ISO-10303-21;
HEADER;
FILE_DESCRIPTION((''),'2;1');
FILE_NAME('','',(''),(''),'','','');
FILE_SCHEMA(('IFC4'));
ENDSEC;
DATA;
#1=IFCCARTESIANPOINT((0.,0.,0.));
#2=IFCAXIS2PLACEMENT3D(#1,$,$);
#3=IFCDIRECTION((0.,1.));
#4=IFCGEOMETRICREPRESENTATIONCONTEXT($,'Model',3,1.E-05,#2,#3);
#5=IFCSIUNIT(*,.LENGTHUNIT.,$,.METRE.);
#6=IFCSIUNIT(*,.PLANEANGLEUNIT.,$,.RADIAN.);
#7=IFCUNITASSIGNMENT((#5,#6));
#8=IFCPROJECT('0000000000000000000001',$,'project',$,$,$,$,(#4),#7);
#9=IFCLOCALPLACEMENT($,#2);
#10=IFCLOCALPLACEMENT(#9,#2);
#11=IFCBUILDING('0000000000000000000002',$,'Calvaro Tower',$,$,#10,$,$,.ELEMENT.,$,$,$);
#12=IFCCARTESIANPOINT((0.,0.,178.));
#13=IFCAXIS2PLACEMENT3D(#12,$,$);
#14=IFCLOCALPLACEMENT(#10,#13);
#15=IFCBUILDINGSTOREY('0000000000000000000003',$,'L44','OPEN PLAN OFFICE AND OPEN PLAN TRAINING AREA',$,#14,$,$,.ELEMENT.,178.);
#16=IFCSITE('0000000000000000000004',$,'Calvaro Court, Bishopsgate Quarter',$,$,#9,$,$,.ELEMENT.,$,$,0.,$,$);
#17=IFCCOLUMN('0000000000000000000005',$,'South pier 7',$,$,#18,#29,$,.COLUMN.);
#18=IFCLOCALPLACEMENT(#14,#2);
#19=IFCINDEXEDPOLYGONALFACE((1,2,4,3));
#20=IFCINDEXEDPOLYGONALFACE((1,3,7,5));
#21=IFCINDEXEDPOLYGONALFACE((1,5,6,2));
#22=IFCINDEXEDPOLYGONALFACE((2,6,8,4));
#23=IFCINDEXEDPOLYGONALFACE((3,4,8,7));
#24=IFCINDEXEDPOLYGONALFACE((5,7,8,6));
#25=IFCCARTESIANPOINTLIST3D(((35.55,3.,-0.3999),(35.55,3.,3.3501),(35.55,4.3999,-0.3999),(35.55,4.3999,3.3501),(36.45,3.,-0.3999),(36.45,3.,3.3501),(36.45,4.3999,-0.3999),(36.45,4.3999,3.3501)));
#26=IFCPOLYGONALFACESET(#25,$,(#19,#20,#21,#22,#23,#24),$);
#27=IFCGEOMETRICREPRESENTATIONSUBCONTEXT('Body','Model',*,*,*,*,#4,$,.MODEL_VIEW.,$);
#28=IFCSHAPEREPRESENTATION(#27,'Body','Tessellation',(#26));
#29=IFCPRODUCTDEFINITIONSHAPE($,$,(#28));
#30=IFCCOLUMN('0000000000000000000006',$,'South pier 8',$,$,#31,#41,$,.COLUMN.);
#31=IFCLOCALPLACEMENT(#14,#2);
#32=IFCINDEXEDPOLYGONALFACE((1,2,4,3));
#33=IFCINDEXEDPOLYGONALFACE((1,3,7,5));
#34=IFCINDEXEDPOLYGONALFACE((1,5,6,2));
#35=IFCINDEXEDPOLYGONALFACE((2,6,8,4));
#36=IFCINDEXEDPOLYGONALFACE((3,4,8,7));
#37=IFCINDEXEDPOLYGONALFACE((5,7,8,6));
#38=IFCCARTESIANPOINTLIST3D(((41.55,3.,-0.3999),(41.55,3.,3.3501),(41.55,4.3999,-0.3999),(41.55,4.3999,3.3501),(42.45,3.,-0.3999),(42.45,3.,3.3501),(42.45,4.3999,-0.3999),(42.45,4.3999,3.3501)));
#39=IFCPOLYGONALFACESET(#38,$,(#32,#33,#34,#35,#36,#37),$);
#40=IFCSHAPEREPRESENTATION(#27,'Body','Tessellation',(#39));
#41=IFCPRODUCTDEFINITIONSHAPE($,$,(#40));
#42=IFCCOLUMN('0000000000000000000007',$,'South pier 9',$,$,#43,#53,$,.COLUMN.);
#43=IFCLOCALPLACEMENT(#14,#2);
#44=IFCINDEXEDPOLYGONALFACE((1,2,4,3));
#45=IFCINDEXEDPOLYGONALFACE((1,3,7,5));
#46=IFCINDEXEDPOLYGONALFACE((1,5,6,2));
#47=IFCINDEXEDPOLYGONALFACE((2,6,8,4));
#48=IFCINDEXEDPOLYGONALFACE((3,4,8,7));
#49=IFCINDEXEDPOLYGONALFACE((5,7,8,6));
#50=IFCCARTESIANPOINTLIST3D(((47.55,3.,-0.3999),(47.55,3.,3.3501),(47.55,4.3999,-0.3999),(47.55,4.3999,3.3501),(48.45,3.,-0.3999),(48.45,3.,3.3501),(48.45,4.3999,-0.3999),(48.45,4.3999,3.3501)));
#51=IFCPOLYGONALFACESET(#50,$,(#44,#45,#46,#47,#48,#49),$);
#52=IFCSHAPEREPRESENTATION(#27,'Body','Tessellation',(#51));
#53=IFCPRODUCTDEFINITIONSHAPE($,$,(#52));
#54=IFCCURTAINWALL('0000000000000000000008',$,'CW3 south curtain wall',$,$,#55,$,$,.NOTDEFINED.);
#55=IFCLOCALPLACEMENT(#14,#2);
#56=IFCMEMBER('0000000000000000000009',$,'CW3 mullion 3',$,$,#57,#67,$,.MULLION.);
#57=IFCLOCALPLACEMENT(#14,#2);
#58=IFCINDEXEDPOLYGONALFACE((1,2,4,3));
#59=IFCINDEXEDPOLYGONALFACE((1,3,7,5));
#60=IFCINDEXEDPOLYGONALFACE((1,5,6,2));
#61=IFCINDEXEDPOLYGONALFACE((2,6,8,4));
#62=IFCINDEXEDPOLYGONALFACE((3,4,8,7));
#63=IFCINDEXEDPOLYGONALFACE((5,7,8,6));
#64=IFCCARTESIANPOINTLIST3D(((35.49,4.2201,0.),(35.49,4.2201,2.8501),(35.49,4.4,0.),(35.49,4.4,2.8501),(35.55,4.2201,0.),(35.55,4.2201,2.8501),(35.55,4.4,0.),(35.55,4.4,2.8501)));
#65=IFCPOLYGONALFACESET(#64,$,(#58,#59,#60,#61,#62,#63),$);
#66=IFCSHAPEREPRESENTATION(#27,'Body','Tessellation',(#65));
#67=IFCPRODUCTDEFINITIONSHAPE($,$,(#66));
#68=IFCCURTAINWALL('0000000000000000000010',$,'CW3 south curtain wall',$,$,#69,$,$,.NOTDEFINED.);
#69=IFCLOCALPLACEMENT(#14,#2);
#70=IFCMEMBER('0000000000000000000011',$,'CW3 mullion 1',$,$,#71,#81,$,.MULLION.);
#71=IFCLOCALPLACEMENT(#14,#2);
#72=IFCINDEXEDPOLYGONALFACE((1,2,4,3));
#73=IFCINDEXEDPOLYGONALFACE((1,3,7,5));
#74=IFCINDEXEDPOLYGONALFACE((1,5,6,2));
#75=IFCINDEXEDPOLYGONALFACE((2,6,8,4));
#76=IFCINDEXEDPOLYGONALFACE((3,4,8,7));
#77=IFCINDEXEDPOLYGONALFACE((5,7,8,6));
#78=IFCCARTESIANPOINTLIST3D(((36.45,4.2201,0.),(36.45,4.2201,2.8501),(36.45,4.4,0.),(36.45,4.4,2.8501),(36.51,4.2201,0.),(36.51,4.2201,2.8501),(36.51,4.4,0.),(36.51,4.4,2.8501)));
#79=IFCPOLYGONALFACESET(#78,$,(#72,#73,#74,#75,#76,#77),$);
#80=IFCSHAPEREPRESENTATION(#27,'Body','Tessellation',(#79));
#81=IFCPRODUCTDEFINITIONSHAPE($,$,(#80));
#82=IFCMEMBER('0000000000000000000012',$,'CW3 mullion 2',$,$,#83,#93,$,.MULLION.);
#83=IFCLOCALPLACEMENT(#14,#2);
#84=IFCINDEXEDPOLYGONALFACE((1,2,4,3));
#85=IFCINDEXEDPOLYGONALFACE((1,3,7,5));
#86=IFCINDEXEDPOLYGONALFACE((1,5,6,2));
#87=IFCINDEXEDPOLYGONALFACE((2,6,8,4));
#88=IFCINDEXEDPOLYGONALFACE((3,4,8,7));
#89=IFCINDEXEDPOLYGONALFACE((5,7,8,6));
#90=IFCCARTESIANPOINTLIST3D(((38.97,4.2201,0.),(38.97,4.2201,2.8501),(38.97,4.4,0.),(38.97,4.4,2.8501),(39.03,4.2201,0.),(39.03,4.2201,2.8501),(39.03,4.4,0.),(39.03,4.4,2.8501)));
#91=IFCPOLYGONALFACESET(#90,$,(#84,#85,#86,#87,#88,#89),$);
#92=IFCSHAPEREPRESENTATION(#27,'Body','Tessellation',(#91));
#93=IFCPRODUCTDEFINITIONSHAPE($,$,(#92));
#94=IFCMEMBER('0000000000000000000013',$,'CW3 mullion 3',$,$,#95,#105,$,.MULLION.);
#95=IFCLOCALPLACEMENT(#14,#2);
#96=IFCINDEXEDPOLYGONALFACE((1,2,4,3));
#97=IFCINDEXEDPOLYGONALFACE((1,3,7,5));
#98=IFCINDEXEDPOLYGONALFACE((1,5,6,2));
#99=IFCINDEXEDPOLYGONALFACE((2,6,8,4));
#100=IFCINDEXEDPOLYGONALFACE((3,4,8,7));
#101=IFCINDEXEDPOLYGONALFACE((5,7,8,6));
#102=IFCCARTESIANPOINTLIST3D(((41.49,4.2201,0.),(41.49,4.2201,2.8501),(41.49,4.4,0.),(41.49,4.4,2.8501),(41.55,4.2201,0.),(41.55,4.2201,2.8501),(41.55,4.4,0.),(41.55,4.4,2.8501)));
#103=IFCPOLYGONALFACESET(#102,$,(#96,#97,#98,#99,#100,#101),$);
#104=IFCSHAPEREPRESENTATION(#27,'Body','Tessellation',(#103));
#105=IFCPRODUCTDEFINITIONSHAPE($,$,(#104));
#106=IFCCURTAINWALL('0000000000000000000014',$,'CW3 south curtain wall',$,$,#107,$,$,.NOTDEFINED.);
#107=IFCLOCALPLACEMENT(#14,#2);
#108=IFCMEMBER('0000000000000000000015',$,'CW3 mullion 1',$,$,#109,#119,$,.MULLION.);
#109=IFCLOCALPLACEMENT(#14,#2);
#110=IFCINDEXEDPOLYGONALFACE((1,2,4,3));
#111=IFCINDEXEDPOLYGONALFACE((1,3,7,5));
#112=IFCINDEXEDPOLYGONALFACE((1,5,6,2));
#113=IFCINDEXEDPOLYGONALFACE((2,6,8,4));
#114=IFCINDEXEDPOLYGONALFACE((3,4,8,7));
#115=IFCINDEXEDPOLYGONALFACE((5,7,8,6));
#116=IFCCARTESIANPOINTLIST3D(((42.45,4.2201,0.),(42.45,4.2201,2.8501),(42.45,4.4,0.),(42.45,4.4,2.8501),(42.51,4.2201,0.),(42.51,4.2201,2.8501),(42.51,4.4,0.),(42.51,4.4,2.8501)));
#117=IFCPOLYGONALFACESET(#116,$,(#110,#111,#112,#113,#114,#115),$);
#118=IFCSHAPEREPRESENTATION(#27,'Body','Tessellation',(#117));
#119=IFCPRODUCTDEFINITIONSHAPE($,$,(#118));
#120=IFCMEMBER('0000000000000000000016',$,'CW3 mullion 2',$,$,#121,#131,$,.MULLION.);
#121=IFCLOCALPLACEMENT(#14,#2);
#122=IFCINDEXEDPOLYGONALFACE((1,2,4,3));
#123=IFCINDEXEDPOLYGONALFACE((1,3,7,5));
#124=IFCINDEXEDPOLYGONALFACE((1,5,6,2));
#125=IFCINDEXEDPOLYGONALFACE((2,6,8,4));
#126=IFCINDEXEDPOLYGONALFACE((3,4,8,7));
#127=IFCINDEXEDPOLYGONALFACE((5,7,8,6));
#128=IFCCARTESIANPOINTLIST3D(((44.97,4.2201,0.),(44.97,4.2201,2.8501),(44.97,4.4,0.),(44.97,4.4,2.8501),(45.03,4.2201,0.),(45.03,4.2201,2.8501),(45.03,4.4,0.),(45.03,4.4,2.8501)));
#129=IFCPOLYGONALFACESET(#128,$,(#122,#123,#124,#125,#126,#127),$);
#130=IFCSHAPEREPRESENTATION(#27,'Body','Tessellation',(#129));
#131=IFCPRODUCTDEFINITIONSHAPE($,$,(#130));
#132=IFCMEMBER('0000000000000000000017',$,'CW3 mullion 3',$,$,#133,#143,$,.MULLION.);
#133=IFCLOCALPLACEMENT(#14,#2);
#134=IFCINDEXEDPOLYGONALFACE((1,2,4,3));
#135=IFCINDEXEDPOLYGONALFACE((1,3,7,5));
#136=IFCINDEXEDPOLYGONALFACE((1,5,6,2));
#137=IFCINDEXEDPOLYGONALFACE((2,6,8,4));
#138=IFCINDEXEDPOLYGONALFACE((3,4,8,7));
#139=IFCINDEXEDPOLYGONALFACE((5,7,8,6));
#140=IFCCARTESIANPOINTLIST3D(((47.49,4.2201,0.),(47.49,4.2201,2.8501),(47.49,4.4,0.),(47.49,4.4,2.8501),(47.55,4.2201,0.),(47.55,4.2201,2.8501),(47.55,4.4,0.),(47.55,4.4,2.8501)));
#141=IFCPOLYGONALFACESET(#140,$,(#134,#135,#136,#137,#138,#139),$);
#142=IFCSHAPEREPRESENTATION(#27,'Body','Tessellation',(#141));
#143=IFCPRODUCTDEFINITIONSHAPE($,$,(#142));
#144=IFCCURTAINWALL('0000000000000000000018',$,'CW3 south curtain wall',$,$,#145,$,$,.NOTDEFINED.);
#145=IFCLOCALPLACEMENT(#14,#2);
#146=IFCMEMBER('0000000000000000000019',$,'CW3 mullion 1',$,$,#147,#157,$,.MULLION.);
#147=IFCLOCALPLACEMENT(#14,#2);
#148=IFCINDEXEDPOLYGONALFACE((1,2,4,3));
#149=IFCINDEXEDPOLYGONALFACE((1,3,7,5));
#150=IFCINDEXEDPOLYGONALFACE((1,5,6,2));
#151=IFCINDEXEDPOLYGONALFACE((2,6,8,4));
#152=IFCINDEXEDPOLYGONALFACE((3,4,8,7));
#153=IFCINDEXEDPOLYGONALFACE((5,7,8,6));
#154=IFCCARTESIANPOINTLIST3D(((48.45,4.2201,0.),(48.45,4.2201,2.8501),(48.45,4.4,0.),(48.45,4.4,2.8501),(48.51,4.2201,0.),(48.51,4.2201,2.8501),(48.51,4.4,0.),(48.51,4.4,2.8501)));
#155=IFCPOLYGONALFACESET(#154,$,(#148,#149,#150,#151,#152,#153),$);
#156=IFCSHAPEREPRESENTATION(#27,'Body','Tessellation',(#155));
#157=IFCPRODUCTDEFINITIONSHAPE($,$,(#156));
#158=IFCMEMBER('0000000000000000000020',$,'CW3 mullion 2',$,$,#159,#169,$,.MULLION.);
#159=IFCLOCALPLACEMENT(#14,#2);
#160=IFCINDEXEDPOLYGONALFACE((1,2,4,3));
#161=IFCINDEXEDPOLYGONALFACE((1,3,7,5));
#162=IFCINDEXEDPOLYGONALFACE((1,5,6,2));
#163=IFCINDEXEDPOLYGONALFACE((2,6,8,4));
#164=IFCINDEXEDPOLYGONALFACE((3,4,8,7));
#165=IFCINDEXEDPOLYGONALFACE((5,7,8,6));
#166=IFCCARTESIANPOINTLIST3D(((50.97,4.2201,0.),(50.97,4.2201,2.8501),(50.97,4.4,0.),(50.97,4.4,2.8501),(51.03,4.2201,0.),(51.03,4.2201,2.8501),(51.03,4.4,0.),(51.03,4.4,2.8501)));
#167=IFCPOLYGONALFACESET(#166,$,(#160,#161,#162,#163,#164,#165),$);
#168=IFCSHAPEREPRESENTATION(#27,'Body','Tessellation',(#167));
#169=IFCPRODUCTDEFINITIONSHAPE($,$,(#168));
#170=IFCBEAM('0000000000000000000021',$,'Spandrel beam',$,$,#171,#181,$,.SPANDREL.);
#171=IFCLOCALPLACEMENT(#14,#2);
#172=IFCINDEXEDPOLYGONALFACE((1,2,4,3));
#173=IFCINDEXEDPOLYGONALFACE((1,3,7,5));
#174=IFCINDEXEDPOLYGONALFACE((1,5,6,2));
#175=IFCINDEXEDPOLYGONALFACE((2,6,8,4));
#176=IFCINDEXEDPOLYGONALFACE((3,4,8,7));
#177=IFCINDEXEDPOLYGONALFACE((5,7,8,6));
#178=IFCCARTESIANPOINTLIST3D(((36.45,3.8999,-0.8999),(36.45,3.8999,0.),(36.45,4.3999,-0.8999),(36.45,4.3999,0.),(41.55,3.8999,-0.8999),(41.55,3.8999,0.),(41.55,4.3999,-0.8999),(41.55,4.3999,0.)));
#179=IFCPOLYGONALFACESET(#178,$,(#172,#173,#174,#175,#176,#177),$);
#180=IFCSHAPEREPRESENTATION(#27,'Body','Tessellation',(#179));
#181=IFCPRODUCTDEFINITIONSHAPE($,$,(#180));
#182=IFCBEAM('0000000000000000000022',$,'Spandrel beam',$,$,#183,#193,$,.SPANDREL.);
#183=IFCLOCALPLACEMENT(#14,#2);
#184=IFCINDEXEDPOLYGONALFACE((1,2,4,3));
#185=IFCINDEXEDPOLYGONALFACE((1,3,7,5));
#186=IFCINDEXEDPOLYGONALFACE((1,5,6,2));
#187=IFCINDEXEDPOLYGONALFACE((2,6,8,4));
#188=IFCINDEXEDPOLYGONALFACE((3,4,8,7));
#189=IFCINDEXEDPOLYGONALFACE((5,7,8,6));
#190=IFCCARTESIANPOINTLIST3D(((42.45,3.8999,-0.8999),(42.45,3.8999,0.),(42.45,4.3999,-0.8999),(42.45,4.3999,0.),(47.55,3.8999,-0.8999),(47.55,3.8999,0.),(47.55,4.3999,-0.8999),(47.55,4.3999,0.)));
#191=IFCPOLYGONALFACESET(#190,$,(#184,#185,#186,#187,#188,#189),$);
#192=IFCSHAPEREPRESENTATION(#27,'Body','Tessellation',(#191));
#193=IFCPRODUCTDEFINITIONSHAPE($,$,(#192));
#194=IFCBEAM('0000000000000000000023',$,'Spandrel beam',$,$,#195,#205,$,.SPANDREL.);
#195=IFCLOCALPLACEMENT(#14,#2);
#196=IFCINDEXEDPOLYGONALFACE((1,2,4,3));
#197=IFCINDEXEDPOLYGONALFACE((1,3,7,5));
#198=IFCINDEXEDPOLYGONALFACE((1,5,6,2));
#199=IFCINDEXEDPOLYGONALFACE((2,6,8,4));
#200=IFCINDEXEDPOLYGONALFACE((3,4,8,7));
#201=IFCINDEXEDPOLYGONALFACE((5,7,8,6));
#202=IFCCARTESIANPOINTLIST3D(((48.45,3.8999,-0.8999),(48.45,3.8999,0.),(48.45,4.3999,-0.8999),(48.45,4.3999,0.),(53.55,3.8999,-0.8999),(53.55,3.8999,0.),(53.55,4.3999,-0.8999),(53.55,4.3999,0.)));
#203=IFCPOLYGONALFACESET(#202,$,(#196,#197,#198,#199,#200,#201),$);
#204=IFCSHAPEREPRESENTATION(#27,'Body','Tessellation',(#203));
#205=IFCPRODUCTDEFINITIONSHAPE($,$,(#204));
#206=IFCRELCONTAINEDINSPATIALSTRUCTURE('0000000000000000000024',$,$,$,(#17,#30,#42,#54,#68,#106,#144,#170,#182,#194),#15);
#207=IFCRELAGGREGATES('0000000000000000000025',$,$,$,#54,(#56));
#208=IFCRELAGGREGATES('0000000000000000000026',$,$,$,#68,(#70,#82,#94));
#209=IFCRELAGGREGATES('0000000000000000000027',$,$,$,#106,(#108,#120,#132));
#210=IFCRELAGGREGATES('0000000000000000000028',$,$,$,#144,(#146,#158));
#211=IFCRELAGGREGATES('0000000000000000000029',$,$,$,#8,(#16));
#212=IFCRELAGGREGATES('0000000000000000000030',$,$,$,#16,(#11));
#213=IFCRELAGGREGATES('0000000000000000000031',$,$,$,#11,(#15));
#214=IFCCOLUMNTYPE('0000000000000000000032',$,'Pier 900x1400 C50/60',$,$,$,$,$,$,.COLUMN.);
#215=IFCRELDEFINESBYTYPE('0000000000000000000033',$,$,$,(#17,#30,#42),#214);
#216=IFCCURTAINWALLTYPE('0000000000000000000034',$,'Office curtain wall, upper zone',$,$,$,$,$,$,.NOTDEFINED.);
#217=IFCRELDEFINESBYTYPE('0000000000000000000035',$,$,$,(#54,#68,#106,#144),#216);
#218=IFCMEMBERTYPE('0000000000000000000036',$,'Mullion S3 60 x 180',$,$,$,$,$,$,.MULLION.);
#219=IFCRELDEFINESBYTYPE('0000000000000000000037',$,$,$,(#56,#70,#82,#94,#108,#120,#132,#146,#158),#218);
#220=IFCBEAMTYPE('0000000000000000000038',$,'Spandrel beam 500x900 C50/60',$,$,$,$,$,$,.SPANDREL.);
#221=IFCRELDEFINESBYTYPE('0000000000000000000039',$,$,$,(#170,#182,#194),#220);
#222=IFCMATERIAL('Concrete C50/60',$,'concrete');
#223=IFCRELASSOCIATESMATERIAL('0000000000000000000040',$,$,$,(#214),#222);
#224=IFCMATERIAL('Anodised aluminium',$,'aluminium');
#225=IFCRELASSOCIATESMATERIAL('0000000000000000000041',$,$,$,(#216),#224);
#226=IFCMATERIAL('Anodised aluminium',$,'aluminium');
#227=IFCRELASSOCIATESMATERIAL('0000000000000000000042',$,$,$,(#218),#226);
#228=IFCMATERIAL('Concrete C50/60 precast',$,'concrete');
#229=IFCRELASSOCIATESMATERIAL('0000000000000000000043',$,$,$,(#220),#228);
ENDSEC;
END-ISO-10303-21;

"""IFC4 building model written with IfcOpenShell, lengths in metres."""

from ifc_helpers import new_model, si_unit, direction, frame, origin, origin_2d, place, context, subcontext, project, spatial, rectangle, extrude, material, material_profile, profile_set, type_object, element, aggregate, save


model = new_model("IFC4")

# Units and contexts
model_context = context("Model", 3, precision=1e-05, world=origin(), true_north=direction((0.0, 1.0)))
body_context = subcontext(model_context, "Body", "Model", "MODEL_VIEW")
ifc_project = project(units=[si_unit("LENGTHUNIT", "METRE"), si_unit("PLANEANGLEUNIT", "RADIAN")], contexts=[model_context])

# Site, building, storey
site_placement = place(None, origin())
site = spatial("IfcSite", under=ifc_project, at=site_placement, Name="Calvaro Court, Bishopsgate Quarter", CompositionType="ELEMENT", RefElevation=0.0)
building_placement = place(site_placement, origin())
building = spatial("IfcBuilding", under=site, at=building_placement, Name="Calvaro Tower", CompositionType="ELEMENT")
storey_placement = place(building_placement, frame((0.0, 0.0, 178.0)))
storey = spatial("IfcBuildingStorey", under=building, at=storey_placement, Name="L44", Description="OPEN PLAN OFFICE AND OPEN PLAN TRAINING AREA", CompositionType="ELEMENT", Elevation=178.0)

# Columns
ifc_material_1 = material(Name="Concrete C50/60", Category="concrete")
ifc_material_profile_1 = material_profile(ifc_material_1, rectangle(XDim=0.8999, YDim=1.3999, at=origin_2d()), Name="RC 900x1400")
ifc_profile_set_1 = profile_set([ifc_material_profile_1], Name="Concrete C50/60")
column_type = type_object("IfcColumnType", Name="Pier 900x1400 C50/60", PredefinedType="COLUMN", material=ifc_profile_set_1)
for number, where, z_axis, x_axis, name in (
    (1, (36.0, 3.7, -0.3999), (0.0, 0.0, 1.0), (1.0, 0.0, 0.0), "South pier 7"),
    (2, (42.0, 3.7, -0.3999), (0.0, 0.0, 1.0), (1.0, 0.0, 0.0), "South pier 8"),
    (3, (48.0, 3.7, -0.3999), (0.0, 0.0, 1.0), (1.0, 0.0, 0.0), "South pier 9"),
):
    element("IfcColumn", number, at=place(storey_placement, frame(where, z_axis=z_axis, x_axis=x_axis)), inside=storey, type_object=column_type, Name=name, PredefinedType="COLUMN", context=body_context, shape_type="SweptSolid", body=[
        extrude(rectangle(XDim=0.8999, YDim=1.3999, at=origin_2d()), origin(), (0.0, 0.0, 1.0), 3.75),
    ])

# Curtain wall, member
ifc_material_2 = material(Name="Anodised aluminium", Category="aluminium")
curtain_wall_type = type_object("IfcCurtainWallType", Name="Office curtain wall, upper zone", PredefinedType="NOTDEFINED", material=ifc_material_2)
curtain_wall_1_placement = place(storey_placement, origin())
curtain_wall_1 = element("IfcCurtainWall", 4, at=curtain_wall_1_placement, inside=storey, type_object=curtain_wall_type, Name="CW3 south curtain wall", PredefinedType="NOTDEFINED")
ifc_material_3 = material(Name="Anodised aluminium", Category="aluminium")
ifc_material_profile_2 = material_profile(ifc_material_3, rectangle(XDim=0.1799, YDim=0.0601, at=origin_2d()), Name="Mullion S3 60 x 180")
ifc_profile_set_2 = profile_set([ifc_material_profile_2], Name="Anodised aluminium")
member_type_1 = type_object("IfcMemberType", Name="Mullion S3 60 x 180", PredefinedType="MULLION", material=ifc_profile_set_2)
member_1_placement = place(storey_placement, frame((35.52, 4.3101, 0.0), z_axis=(0.0, 0.0, 1.0), x_axis=(0.0, 1.0, 0.0)))
member_1 = element("IfcMember", 5, at=member_1_placement, type_object=member_type_1, Name="CW3 mullion 3", PredefinedType="MULLION", context=body_context, shape_type="SweptSolid", body=[
    extrude(rectangle(XDim=0.1799, YDim=0.0601, at=origin_2d()), origin(), (0.0, 0.0, 1.0), 2.8501),
])
aggregate(curtain_wall_1, [member_1])

# Curtain walls, members
curtain_wall_2_placement = place(storey_placement, origin())
curtain_wall_2 = element("IfcCurtainWall", 6, at=curtain_wall_2_placement, inside=storey, type_object=curtain_wall_type, Name="CW3 south curtain wall", PredefinedType="NOTDEFINED")
member_2_placement = place(storey_placement, frame((36.48, 4.3101, 0.0), z_axis=(0.0, 0.0, 1.0), x_axis=(0.0, 1.0, 0.0)))
member_2 = element("IfcMember", 7, at=member_2_placement, type_object=member_type_1, Name="CW3 mullion 1", PredefinedType="MULLION", context=body_context, shape_type="SweptSolid", body=[
    extrude(rectangle(XDim=0.1799, YDim=0.0601, at=origin_2d()), origin(), (0.0, 0.0, 1.0), 2.8501),
])
member_3_placement = place(storey_placement, frame((39.0, 4.3101, 0.0), z_axis=(0.0, 0.0, 1.0), x_axis=(0.0, 1.0, 0.0)))
member_3 = element("IfcMember", 8, at=member_3_placement, type_object=member_type_1, Name="CW3 mullion 2", PredefinedType="MULLION", context=body_context, shape_type="SweptSolid", body=[
    extrude(rectangle(XDim=0.1799, YDim=0.0601, at=origin_2d()), origin(), (0.0, 0.0, 1.0), 2.8501),
])
member_4_placement = place(storey_placement, frame((41.52, 4.3101, 0.0), z_axis=(0.0, 0.0, 1.0), x_axis=(0.0, 1.0, 0.0)))
member_4 = element("IfcMember", 9, at=member_4_placement, type_object=member_type_1, Name="CW3 mullion 3", PredefinedType="MULLION", context=body_context, shape_type="SweptSolid", body=[
    extrude(rectangle(XDim=0.1799, YDim=0.0601, at=origin_2d()), origin(), (0.0, 0.0, 1.0), 2.8501),
])
curtain_wall_3_placement = place(storey_placement, origin())
curtain_wall_3 = element("IfcCurtainWall", 10, at=curtain_wall_3_placement, inside=storey, type_object=curtain_wall_type, Name="CW3 south curtain wall", PredefinedType="NOTDEFINED")
member_5_placement = place(storey_placement, frame((42.48, 4.3101, 0.0), z_axis=(0.0, 0.0, 1.0), x_axis=(0.0, 1.0, 0.0)))
member_5 = element("IfcMember", 11, at=member_5_placement, type_object=member_type_1, Name="CW3 mullion 1", PredefinedType="MULLION", context=body_context, shape_type="SweptSolid", body=[
    extrude(rectangle(XDim=0.1799, YDim=0.0601, at=origin_2d()), origin(), (0.0, 0.0, 1.0), 2.8501),
])
member_6_placement = place(storey_placement, frame((45.0, 4.3101, 0.0), z_axis=(0.0, 0.0, 1.0), x_axis=(0.0, 1.0, 0.0)))
member_6 = element("IfcMember", 12, at=member_6_placement, type_object=member_type_1, Name="CW3 mullion 2", PredefinedType="MULLION", context=body_context, shape_type="SweptSolid", body=[
    extrude(rectangle(XDim=0.1799, YDim=0.0601, at=origin_2d()), origin(), (0.0, 0.0, 1.0), 2.8501),
])
member_7_placement = place(storey_placement, frame((47.52, 4.3101, 0.0), z_axis=(0.0, 0.0, 1.0), x_axis=(0.0, 1.0, 0.0)))
member_7 = element("IfcMember", 13, at=member_7_placement, type_object=member_type_1, Name="CW3 mullion 3", PredefinedType="MULLION", context=body_context, shape_type="SweptSolid", body=[
    extrude(rectangle(XDim=0.1799, YDim=0.0601, at=origin_2d()), origin(), (0.0, 0.0, 1.0), 2.8501),
])
curtain_wall_4_placement = place(storey_placement, origin())
curtain_wall_4 = element("IfcCurtainWall", 14, at=curtain_wall_4_placement, inside=storey, type_object=curtain_wall_type, Name="CW3 south curtain wall", PredefinedType="NOTDEFINED")
member_8_placement = place(storey_placement, frame((48.48, 4.3101, 0.0), z_axis=(0.0, 0.0, 1.0), x_axis=(0.0, 1.0, 0.0)))
member_8 = element("IfcMember", 15, at=member_8_placement, type_object=member_type_1, Name="CW3 mullion 1", PredefinedType="MULLION", context=body_context, shape_type="SweptSolid", body=[
    extrude(rectangle(XDim=0.1799, YDim=0.0601, at=origin_2d()), origin(), (0.0, 0.0, 1.0), 2.8501),
])
member_9_placement = place(storey_placement, frame((51.0, 4.3101, 0.0), z_axis=(0.0, 0.0, 1.0), x_axis=(0.0, 1.0, 0.0)))
member_9 = element("IfcMember", 16, at=member_9_placement, type_object=member_type_1, Name="CW3 mullion 2", PredefinedType="MULLION", context=body_context, shape_type="SweptSolid", body=[
    extrude(rectangle(XDim=0.1799, YDim=0.0601, at=origin_2d()), origin(), (0.0, 0.0, 1.0), 2.8501),
])

# Beams
ifc_material_4 = material(Name="Concrete C50/60 precast", Category="concrete")
ifc_material_profile_3 = material_profile(ifc_material_4, rectangle(XDim=0.5, YDim=0.8999, at=origin_2d()), Name="RC 500x900")
ifc_profile_set_3 = profile_set([ifc_material_profile_3], Name="Concrete C50/60 precast")
beam_type = type_object("IfcBeamType", Name="Spandrel beam 500x900 C50/60", PredefinedType="SPANDREL", material=ifc_profile_set_3)
for number, where, z_axis, x_axis, name in (
    (17, (36.45, 4.1499, -0.45), (1.0, 0.0, 0.0), (0.0, 1.0, 0.0), "Spandrel beam"),
    (18, (42.45, 4.1499, -0.45), (1.0, 0.0, 0.0), (0.0, 1.0, 0.0), "Spandrel beam"),
    (19, (48.45, 4.1499, -0.45), (1.0, 0.0, 0.0), (0.0, 1.0, 0.0), "Spandrel beam"),
):
    element("IfcBeam", number, at=place(storey_placement, frame(where, z_axis=z_axis, x_axis=x_axis)), inside=storey, type_object=beam_type, Name=name, PredefinedType="SPANDREL", context=body_context, shape_type="SweptSolid", body=[
        extrude(rectangle(XDim=0.5, YDim=0.8999, at=origin_2d()), origin(), (0.0, 0.0, 1.0), 5.1001),
    ])

aggregate(curtain_wall_2, [member_2, member_3, member_4])
aggregate(curtain_wall_3, [member_5, member_6, member_7])
aggregate(curtain_wall_4, [member_8, member_9])

save(model, "model.ifc")
